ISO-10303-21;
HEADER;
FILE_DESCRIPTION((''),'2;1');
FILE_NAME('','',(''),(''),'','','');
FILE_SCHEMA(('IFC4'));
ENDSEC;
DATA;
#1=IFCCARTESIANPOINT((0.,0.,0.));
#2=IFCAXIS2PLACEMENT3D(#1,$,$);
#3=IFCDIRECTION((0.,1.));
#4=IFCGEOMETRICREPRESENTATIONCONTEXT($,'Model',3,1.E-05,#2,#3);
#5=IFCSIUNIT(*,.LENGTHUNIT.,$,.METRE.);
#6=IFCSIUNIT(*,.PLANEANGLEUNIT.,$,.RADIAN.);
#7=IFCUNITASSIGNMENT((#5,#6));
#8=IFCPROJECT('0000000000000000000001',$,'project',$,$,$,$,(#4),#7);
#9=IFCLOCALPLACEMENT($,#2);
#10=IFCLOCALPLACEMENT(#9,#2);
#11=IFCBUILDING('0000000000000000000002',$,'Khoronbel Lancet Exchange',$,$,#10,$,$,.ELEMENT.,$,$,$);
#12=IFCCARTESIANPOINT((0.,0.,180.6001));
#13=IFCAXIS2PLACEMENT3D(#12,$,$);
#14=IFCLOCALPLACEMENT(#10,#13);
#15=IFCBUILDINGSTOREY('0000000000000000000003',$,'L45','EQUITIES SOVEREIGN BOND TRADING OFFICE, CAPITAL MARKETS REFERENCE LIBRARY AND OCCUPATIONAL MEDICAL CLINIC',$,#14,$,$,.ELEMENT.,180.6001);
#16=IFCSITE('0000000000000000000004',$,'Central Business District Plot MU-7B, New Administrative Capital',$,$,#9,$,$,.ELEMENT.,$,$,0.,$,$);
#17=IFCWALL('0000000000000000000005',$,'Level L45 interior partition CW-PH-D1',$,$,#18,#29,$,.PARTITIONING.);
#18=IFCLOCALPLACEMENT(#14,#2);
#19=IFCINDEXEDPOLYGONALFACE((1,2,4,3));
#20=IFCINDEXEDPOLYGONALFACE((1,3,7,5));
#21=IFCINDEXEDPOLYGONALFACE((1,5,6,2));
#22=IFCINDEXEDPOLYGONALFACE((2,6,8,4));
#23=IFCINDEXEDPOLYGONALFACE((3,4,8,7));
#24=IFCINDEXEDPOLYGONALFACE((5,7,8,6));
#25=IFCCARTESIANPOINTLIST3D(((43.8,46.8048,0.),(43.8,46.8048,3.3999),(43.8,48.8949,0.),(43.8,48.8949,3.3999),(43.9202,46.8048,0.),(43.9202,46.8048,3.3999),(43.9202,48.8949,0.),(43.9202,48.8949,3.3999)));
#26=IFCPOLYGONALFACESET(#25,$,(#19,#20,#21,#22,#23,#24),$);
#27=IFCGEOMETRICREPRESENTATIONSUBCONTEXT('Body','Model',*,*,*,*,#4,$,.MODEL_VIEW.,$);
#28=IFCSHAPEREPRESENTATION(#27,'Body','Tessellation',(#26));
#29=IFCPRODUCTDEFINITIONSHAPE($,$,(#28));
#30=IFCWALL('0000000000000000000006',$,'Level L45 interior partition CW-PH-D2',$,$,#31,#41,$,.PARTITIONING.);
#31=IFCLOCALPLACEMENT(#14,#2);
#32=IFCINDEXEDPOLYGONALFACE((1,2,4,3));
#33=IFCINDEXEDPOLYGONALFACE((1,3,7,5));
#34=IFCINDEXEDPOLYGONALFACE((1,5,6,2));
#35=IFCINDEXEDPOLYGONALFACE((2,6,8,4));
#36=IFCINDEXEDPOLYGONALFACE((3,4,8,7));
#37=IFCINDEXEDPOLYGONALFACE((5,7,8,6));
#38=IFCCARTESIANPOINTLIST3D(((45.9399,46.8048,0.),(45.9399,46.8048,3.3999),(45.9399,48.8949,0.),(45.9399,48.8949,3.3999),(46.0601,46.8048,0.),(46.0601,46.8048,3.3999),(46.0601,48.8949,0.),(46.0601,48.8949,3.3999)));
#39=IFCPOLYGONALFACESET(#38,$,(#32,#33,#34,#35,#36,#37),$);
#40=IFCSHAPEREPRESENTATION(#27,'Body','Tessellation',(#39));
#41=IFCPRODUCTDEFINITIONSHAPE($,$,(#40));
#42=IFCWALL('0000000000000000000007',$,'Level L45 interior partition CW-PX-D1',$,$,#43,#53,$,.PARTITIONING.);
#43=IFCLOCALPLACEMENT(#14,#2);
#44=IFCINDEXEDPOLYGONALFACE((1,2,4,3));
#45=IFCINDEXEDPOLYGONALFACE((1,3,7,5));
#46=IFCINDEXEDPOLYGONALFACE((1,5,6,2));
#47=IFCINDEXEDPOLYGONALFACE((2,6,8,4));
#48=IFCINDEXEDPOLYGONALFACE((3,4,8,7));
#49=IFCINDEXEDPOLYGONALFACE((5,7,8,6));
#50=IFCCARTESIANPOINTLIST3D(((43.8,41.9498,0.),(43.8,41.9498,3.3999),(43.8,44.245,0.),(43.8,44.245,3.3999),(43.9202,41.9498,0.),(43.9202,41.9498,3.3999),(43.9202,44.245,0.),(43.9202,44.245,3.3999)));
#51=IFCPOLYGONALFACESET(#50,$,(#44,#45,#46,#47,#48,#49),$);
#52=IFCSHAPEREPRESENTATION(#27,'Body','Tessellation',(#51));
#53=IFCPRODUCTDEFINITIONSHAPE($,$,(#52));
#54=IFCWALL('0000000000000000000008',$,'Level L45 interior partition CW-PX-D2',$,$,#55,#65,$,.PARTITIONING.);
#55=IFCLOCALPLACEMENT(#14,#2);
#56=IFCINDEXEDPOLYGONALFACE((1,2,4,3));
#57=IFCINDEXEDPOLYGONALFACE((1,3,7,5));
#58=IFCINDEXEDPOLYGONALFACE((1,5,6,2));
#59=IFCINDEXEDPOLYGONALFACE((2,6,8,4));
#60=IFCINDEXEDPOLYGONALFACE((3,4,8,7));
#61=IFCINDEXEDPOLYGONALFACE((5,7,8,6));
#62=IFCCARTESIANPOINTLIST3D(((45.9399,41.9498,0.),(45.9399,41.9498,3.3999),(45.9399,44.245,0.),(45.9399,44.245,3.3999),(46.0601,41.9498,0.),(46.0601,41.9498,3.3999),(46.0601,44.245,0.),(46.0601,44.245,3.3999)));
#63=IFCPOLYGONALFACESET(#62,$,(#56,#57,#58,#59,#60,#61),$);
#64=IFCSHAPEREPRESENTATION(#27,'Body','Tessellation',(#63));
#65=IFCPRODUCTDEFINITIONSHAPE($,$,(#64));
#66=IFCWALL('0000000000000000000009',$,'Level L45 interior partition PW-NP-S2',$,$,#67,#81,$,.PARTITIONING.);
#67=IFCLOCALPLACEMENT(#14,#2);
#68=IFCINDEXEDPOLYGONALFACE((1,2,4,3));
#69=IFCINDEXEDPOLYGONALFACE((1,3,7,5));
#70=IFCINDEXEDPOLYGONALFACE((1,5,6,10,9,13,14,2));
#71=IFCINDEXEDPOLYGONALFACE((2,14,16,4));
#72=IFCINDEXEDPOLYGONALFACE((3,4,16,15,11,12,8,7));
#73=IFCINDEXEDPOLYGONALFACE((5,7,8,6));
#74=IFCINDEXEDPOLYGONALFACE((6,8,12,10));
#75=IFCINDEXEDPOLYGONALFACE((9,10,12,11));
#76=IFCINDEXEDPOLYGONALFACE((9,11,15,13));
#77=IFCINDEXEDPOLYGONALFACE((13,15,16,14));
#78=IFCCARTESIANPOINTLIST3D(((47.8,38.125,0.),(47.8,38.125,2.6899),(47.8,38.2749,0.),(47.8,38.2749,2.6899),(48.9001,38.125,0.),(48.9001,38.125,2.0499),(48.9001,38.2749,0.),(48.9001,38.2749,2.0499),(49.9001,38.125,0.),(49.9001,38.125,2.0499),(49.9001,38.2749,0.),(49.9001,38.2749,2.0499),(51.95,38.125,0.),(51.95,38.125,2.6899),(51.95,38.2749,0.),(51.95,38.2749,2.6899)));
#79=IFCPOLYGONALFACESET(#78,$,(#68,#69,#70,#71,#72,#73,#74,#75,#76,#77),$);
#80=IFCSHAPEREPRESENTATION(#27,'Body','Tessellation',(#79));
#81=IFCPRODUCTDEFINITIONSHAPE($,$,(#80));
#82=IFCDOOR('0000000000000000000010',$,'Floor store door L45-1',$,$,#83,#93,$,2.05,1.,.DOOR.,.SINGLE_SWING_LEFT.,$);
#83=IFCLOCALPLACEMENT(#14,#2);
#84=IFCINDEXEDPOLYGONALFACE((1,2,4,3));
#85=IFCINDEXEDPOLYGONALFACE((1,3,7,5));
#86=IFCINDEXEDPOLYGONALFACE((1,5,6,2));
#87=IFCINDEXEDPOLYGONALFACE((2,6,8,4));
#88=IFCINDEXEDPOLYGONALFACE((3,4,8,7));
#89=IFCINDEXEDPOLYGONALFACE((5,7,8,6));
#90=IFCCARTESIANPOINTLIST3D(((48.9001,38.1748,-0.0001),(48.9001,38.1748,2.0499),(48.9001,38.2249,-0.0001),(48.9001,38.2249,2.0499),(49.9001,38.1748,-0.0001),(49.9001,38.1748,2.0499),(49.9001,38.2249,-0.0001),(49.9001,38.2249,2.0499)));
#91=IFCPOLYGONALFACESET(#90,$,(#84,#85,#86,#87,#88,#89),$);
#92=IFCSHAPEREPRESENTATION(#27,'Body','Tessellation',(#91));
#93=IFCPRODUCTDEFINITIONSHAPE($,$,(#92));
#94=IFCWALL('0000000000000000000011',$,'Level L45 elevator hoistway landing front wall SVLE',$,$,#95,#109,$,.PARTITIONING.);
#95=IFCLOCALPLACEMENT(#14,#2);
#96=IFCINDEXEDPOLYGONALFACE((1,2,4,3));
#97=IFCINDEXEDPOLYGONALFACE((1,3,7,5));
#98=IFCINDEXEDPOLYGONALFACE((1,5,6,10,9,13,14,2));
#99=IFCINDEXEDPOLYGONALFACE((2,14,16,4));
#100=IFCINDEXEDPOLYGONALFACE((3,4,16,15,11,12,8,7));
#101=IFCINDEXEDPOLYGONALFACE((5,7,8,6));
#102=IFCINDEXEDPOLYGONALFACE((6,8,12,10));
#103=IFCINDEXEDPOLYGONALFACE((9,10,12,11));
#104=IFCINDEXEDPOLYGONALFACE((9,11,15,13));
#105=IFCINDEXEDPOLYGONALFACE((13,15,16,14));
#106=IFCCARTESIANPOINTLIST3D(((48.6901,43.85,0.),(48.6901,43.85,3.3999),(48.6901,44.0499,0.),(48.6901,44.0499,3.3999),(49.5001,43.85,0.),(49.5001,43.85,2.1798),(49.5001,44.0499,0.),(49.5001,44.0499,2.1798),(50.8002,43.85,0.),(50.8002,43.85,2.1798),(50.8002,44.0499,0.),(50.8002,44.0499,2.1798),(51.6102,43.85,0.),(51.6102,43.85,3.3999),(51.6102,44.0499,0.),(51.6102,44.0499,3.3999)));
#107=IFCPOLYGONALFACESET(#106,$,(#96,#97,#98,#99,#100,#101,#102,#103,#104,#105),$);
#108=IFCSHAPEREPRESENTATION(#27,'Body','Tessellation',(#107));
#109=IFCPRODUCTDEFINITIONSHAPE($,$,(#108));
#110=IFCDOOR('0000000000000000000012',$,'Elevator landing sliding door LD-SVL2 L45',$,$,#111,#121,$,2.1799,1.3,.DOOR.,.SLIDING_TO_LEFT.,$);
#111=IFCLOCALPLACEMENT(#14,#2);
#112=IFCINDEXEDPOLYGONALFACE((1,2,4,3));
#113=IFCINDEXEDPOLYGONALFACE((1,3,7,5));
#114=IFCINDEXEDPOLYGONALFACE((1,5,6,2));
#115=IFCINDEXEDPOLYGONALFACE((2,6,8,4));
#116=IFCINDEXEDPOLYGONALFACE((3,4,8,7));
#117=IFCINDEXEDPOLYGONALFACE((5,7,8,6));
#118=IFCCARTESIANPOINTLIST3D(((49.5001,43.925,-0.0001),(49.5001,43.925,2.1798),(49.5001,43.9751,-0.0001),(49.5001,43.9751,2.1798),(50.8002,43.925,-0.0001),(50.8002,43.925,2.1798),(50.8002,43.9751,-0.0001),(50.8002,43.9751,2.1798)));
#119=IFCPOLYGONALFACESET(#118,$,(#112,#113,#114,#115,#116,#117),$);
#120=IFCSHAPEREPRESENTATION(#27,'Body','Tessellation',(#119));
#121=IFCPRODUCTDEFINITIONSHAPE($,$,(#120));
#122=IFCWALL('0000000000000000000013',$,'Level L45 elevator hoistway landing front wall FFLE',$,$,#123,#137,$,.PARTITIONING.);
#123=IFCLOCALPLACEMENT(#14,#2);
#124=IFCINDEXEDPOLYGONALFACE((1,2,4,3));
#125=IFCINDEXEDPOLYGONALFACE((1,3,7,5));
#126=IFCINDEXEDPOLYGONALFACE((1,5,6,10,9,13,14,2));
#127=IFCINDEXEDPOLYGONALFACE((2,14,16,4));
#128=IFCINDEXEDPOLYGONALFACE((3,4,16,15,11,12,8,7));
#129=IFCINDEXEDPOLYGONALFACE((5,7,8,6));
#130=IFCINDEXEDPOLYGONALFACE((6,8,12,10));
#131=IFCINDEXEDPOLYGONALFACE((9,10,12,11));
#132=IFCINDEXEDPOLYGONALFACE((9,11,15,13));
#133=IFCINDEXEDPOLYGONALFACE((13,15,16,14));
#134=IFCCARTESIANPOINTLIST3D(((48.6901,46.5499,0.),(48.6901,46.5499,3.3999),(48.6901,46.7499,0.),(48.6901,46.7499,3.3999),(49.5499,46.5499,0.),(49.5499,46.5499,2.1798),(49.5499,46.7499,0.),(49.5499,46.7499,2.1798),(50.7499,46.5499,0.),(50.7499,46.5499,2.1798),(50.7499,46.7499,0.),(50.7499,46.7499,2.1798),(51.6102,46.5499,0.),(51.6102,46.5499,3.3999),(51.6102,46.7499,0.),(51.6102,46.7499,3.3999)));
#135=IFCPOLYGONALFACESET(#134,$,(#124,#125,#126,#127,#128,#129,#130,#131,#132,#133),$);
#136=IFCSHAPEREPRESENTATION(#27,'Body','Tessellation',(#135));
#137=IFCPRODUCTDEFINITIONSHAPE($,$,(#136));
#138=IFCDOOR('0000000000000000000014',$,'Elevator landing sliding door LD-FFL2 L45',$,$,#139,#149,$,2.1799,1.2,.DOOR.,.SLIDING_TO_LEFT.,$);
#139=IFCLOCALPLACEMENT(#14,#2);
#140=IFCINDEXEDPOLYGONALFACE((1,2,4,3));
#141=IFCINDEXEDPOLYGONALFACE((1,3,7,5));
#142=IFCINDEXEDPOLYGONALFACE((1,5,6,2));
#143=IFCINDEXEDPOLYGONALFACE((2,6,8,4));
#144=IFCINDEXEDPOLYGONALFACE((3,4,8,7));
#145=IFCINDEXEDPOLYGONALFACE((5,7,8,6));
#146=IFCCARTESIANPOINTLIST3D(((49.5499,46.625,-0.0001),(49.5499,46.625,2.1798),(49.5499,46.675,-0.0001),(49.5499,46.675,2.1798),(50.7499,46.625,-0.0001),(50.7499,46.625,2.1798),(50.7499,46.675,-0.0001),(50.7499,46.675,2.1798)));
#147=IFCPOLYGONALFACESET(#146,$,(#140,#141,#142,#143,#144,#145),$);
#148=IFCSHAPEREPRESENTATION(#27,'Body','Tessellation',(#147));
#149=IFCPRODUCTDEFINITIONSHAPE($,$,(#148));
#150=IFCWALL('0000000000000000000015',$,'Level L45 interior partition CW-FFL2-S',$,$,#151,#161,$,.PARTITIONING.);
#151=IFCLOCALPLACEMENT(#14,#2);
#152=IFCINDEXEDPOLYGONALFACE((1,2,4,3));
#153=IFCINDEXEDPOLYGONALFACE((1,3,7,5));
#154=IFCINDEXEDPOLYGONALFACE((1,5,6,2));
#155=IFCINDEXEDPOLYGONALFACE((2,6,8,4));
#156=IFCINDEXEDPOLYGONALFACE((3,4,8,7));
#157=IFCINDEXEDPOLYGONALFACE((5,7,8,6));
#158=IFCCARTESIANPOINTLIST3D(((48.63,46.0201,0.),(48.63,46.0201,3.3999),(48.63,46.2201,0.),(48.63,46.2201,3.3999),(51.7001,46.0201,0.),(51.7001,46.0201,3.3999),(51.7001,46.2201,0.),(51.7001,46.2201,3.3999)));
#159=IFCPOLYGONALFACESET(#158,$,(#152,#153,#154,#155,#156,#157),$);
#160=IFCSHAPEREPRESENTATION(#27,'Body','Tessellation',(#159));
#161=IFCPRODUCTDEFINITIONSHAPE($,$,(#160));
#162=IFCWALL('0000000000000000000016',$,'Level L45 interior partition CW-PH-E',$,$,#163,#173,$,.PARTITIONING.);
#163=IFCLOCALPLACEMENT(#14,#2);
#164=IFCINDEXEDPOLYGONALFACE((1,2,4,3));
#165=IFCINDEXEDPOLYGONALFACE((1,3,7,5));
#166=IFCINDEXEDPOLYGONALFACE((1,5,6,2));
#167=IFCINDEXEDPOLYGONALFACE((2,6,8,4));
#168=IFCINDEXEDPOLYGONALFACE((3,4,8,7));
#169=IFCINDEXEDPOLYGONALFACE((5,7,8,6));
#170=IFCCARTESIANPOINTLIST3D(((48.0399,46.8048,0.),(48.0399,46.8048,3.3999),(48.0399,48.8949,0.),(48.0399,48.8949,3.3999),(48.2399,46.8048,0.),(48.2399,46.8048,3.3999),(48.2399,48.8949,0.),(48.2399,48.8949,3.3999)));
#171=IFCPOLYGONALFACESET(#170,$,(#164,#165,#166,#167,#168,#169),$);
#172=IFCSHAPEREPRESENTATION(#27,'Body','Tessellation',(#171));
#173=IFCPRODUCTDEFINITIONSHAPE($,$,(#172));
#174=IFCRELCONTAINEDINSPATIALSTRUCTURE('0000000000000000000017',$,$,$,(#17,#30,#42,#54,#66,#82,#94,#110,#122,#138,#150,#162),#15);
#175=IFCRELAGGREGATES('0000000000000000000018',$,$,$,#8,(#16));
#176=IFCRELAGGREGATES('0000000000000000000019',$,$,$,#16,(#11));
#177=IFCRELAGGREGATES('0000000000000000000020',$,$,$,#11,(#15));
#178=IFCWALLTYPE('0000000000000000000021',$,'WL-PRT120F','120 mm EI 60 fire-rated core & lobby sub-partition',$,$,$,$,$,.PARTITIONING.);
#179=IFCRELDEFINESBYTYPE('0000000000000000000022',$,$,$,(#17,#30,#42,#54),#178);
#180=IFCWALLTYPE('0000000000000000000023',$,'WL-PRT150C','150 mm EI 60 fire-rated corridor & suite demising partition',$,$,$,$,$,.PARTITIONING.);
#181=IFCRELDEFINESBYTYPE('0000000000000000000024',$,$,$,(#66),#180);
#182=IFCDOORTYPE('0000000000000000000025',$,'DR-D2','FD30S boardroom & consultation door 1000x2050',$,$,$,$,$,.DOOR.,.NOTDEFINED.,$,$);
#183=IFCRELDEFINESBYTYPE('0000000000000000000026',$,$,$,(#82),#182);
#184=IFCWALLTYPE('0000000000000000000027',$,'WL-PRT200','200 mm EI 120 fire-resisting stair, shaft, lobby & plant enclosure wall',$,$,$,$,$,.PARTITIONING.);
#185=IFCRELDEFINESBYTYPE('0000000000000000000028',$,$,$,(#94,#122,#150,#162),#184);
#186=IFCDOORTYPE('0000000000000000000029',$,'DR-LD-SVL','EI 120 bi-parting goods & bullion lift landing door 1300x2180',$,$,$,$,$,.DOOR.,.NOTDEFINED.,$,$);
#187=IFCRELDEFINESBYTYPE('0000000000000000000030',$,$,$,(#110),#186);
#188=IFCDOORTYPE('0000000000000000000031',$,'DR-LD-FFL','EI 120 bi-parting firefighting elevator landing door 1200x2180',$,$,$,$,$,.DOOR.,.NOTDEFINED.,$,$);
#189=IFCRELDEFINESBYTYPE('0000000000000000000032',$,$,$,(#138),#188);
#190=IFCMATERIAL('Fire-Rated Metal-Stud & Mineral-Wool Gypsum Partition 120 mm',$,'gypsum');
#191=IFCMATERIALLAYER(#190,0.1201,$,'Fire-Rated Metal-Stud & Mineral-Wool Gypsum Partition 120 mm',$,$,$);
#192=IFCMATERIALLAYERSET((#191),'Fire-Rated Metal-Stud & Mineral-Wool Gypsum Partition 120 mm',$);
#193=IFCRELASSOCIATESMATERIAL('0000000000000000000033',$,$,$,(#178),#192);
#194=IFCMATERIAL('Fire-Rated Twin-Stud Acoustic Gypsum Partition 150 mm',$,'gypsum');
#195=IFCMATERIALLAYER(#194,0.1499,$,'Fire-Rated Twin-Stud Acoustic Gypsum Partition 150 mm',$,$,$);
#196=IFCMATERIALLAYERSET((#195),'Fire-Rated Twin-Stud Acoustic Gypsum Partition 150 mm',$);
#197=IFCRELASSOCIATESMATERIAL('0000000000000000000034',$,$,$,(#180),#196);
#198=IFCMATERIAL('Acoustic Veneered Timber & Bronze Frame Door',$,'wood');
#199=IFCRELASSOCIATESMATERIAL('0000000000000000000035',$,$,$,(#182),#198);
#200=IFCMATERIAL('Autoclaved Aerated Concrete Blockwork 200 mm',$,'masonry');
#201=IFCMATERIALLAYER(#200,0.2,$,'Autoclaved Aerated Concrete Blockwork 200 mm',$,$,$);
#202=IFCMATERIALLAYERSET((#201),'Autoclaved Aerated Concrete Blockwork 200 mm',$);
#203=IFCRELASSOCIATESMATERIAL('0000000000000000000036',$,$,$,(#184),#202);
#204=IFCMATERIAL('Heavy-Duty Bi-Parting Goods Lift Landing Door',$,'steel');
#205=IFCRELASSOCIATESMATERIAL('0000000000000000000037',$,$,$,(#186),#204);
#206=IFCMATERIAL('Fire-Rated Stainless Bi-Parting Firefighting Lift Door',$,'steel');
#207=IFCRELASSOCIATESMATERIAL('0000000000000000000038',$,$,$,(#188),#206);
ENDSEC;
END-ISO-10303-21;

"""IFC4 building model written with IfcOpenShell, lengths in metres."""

from ifc_helpers import new_model, si_unit, direction, frame, frame_2d, origin, place, context, subcontext, project, spatial, rectangle, extrude, material, layer, layer_set, type_object, element, fill, save


model = new_model("IFC4")

# Units and contexts
model_context = context("Model", 3, precision=1e-05, world=origin(), true_north=direction((0.0, 1.0)))
body_context = subcontext(model_context, "Body", "Model", "MODEL_VIEW")
ifc_project = project(units=[si_unit("LENGTHUNIT", "METRE"), si_unit("PLANEANGLEUNIT", "RADIAN")], contexts=[model_context])

# Site, building, storey
site_placement = place(None, origin())
site = spatial("IfcSite", under=ifc_project, at=site_placement, Name="Central Business District Plot MU-7B, New Administrative Capital", CompositionType="ELEMENT", RefElevation=0.0)
building_placement = place(site_placement, origin())
building = spatial("IfcBuilding", under=site, at=building_placement, Name="Khoronbel Lancet Exchange", CompositionType="ELEMENT")
storey_placement = place(building_placement, frame((0.0, 0.0, 180.6001)))
storey = spatial("IfcBuildingStorey", under=building, at=storey_placement, Name="L45", Description="EQUITIES SOVEREIGN BOND TRADING OFFICE, CAPITAL MARKETS REFERENCE LIBRARY AND OCCUPATIONAL MEDICAL CLINIC", CompositionType="ELEMENT", Elevation=180.6001)

# Walls
ifc_material_1 = material(Name="Fire-Rated Metal-Stud & Mineral-Wool Gypsum Partition 120 mm", Category="gypsum")
ifc_layer_1 = layer(ifc_material_1, 0.1201, Name="Fire-Rated Metal-Stud & Mineral-Wool Gypsum Partition 120 mm")
ifc_layer_set_1 = layer_set([ifc_layer_1], Name="Fire-Rated Metal-Stud & Mineral-Wool Gypsum Partition 120 mm")
wall_type_1 = type_object("IfcWallType", Name="WL-PRT120F", Description="120 mm EI 60 fire-rated core & lobby sub-partition", PredefinedType="PARTITIONING", material=ifc_layer_set_1)
for number, where, z_axis, x_axis, name in (
    (1, (43.8601, 46.8049, 0.0), (0.0, 0.0, 1.0), (0.0, 1.0, 0.0), "Level L45 interior partition CW-PH-D1"),
    (2, (46.0, 46.8049, 0.0), (0.0, 0.0, 1.0), (0.0, 1.0, 0.0), "Level L45 interior partition CW-PH-D2"),
):
    element("IfcWall", number, at=place(storey_placement, frame(where, z_axis=z_axis, x_axis=x_axis)), inside=storey, type_object=wall_type_1, Name=name, PredefinedType="PARTITIONING", context=body_context, shape_type="SweptSolid", body=[
        extrude(rectangle(XDim=2.0901, YDim=0.1201, at=frame_2d((1.0449, 0.0))), origin(), (0.0, 0.0, 1.0), 3.3999),
    ])
for number, where, z_axis, x_axis, name in (
    (3, (43.8601, 41.95, 0.0), (0.0, 0.0, 1.0), (0.0, 1.0, 0.0), "Level L45 interior partition CW-PX-D1"),
    (4, (46.0, 41.95, 0.0), (0.0, 0.0, 1.0), (0.0, 1.0, 0.0), "Level L45 interior partition CW-PX-D2"),
):
    element("IfcWall", number, at=place(storey_placement, frame(where, z_axis=z_axis, x_axis=x_axis)), inside=storey, type_object=wall_type_1, Name=name, PredefinedType="PARTITIONING", context=body_context, shape_type="SweptSolid", body=[
        extrude(rectangle(XDim=2.2952, YDim=0.1201, at=frame_2d((1.1475, 0.0))), origin(), (0.0, 0.0, 1.0), 3.3999),
    ])

# Walls, openings, doors
ifc_material_2 = material(Name="Fire-Rated Twin-Stud Acoustic Gypsum Partition 150 mm", Category="gypsum")
ifc_layer_2 = layer(ifc_material_2, 0.1499, Name="Fire-Rated Twin-Stud Acoustic Gypsum Partition 150 mm")
ifc_layer_set_2 = layer_set([ifc_layer_2], Name="Fire-Rated Twin-Stud Acoustic Gypsum Partition 150 mm")
wall_type_2 = type_object("IfcWallType", Name="WL-PRT150C", Description="150 mm EI 60 fire-rated corridor & suite demising partition", PredefinedType="PARTITIONING", material=ifc_layer_set_2)
wall_1_placement = place(storey_placement, frame((47.8, 38.2, 0.0), z_axis=(0.0, 0.0, 1.0), x_axis=(1.0, 0.0, 0.0)))
wall_1 = element("IfcWall", 5, at=wall_1_placement, inside=storey, type_object=wall_type_2, Name="Level L45 interior partition PW-NP-S2", PredefinedType="PARTITIONING", context=body_context, shape_type="SweptSolid", body=[
    extrude(rectangle(XDim=4.1499, YDim=0.1499, at=frame_2d((2.075, 0.0))), origin(), (0.0, 0.0, 1.0), 2.6899),
])
opening_1_placement = place(wall_1_placement, frame((1.1001, 0.0, 0.0)))
opening_1 = element("IfcOpeningElement", 6, at=opening_1_placement, cuts=wall_1, PredefinedType="OPENING", context=body_context, shape_type="SweptSolid", body=[
    extrude(rectangle(XDim=1.0, YDim=2.05, at=frame_2d((0.5, 1.0249))), frame((0.0, 0.085, 0.0), z_axis=(0.0, -1.0, 0.0), x_axis=(1.0, 0.0, 0.0)), (0.0, 0.0, 1.0), 0.1699),
])
ifc_material_3 = material(Name="Acoustic Veneered Timber & Bronze Frame Door", Category="wood")
door_type_1 = type_object("IfcDoorType", Name="DR-D2", Description="FD30S boardroom & consultation door 1000x2050", OperationType="NOTDEFINED", PredefinedType="DOOR", material=ifc_material_3)
door_1_placement = place(opening_1_placement, origin())
door_1 = element("IfcDoor", 7, at=door_1_placement, inside=storey, type_object=door_type_1, Name="Floor store door L45-1", OperationType="SINGLE_SWING_LEFT", OverallHeight=2.05, OverallWidth=1.0, PredefinedType="DOOR", context=body_context, shape_type="SweptSolid", body=[
    extrude(rectangle(XDim=1.0, YDim=2.05, at=frame_2d((0.5, 1.0249))), frame((0.0, 0.0249, 0.0), z_axis=(0.0, -1.0, 0.0), x_axis=(1.0, 0.0, 0.0)), (0.0, 0.0, 1.0), 0.05),
])
fill(opening_1, door_1)
ifc_material_4 = material(Name="Autoclaved Aerated Concrete Blockwork 200 mm", Category="masonry")
ifc_layer_3 = layer(ifc_material_4, 0.2, Name="Autoclaved Aerated Concrete Blockwork 200 mm")
ifc_layer_set_3 = layer_set([ifc_layer_3], Name="Autoclaved Aerated Concrete Blockwork 200 mm")
wall_type_3 = type_object("IfcWallType", Name="WL-PRT200", Description="200 mm EI 120 fire-resisting stair, shaft, lobby & plant enclosure wall", PredefinedType="PARTITIONING", material=ifc_layer_set_3)
wall_2_placement = place(storey_placement, frame((51.6101, 43.95, 0.0), z_axis=(0.0, 0.0, 1.0), x_axis=(-1.0, 0.0, 0.0)))
wall_2 = element("IfcWall", 8, at=wall_2_placement, inside=storey, type_object=wall_type_3, Name="Level L45 elevator hoistway landing front wall SVLE", PredefinedType="PARTITIONING", context=body_context, shape_type="SweptSolid", body=[
    extrude(rectangle(XDim=2.9202, YDim=0.2, at=frame_2d((1.46, 0.0))), origin(), (0.0, 0.0, 1.0), 3.3999),
])
opening_2_placement = place(wall_2_placement, frame((0.8101, 0.0, 0.0)))
opening_2 = element("IfcOpeningElement", 9, at=opening_2_placement, cuts=wall_2, PredefinedType="OPENING", context=body_context, shape_type="SweptSolid", body=[
    extrude(rectangle(XDim=1.3, YDim=2.1799, at=frame_2d((0.6499, 1.0898))), frame((0.0, 0.1099, 0.0), z_axis=(0.0, -1.0, 0.0), x_axis=(1.0, 0.0, 0.0)), (0.0, 0.0, 1.0), 0.22),
])
ifc_material_5 = material(Name="Heavy-Duty Bi-Parting Goods Lift Landing Door", Category="steel")
door_type_2 = type_object("IfcDoorType", Name="DR-LD-SVL", Description="EI 120 bi-parting goods & bullion lift landing door 1300x2180", OperationType="NOTDEFINED", PredefinedType="DOOR", material=ifc_material_5)
door_2_placement = place(opening_2_placement, origin())
door_2 = element("IfcDoor", 10, at=door_2_placement, inside=storey, type_object=door_type_2, Name="Elevator landing sliding door LD-SVL2 L45", OperationType="SLIDING_TO_LEFT", OverallHeight=2.1799, OverallWidth=1.3, PredefinedType="DOOR", context=body_context, shape_type="SweptSolid", body=[
    extrude(rectangle(XDim=1.3, YDim=2.1799, at=frame_2d((0.6499, 1.0898))), frame((0.0, 0.0249, 0.0), z_axis=(0.0, -1.0, 0.0), x_axis=(1.0, 0.0, 0.0)), (0.0, 0.0, 1.0), 0.05),
])
fill(opening_2, door_2)
wall_3_placement = place(storey_placement, frame((51.6101, 46.6499, 0.0), z_axis=(0.0, 0.0, 1.0), x_axis=(-1.0, 0.0, 0.0)))
wall_3 = element("IfcWall", 11, at=wall_3_placement, inside=storey, type_object=wall_type_3, Name="Level L45 elevator hoistway landing front wall FFLE", PredefinedType="PARTITIONING", context=body_context, shape_type="SweptSolid", body=[
    extrude(rectangle(XDim=2.9202, YDim=0.2, at=frame_2d((1.46, 0.0))), origin(), (0.0, 0.0, 1.0), 3.3999),
])
opening_3_placement = place(wall_3_placement, frame((0.8601, 0.0, 0.0)))
opening_3 = element("IfcOpeningElement", 12, at=opening_3_placement, cuts=wall_3, PredefinedType="OPENING", context=body_context, shape_type="SweptSolid", body=[
    extrude(rectangle(XDim=1.2, YDim=2.1799, at=frame_2d((0.6001, 1.0898))), frame((0.0, 0.1099, 0.0), z_axis=(0.0, -1.0, 0.0), x_axis=(1.0, 0.0, 0.0)), (0.0, 0.0, 1.0), 0.22),
])
ifc_material_6 = material(Name="Fire-Rated Stainless Bi-Parting Firefighting Lift Door", Category="steel")
door_type_3 = type_object("IfcDoorType", Name="DR-LD-FFL", Description="EI 120 bi-parting firefighting elevator landing door 1200x2180", OperationType="NOTDEFINED", PredefinedType="DOOR", material=ifc_material_6)
door_3_placement = place(opening_3_placement, origin())
door_3 = element("IfcDoor", 13, at=door_3_placement, inside=storey, type_object=door_type_3, Name="Elevator landing sliding door LD-FFL2 L45", OperationType="SLIDING_TO_LEFT", OverallHeight=2.1799, OverallWidth=1.2, PredefinedType="DOOR", context=body_context, shape_type="SweptSolid", body=[
    extrude(rectangle(XDim=1.2, YDim=2.1799, at=frame_2d((0.6001, 1.0898))), frame((0.0, 0.0249, 0.0), z_axis=(0.0, -1.0, 0.0), x_axis=(1.0, 0.0, 0.0)), (0.0, 0.0, 1.0), 0.05),
])
fill(opening_3, door_3)

# Walls
wall_4_placement = place(storey_placement, frame((48.6299, 46.1201, 0.0), z_axis=(0.0, 0.0, 1.0), x_axis=(1.0, 0.0, 0.0)))
element("IfcWall", 14, at=wall_4_placement, inside=storey, type_object=wall_type_3, Name="Level L45 interior partition CW-FFL2-S", PredefinedType="PARTITIONING", context=body_context, shape_type="SweptSolid", body=[
    extrude(rectangle(XDim=3.0701, YDim=0.2, at=frame_2d((1.5352, 0.0))), origin(), (0.0, 0.0, 1.0), 3.3999),
])
wall_5_placement = place(storey_placement, frame((48.1399, 46.8049, 0.0), z_axis=(0.0, 0.0, 1.0), x_axis=(0.0, 1.0, 0.0)))
element("IfcWall", 15, at=wall_5_placement, inside=storey, type_object=wall_type_3, Name="Level L45 interior partition CW-PH-E", PredefinedType="PARTITIONING", context=body_context, shape_type="SweptSolid", body=[
    extrude(rectangle(XDim=2.0901, YDim=0.2, at=frame_2d((1.0449, 0.0))), origin(), (0.0, 0.0, 1.0), 3.3999),
])

save(model, "model.ifc")
